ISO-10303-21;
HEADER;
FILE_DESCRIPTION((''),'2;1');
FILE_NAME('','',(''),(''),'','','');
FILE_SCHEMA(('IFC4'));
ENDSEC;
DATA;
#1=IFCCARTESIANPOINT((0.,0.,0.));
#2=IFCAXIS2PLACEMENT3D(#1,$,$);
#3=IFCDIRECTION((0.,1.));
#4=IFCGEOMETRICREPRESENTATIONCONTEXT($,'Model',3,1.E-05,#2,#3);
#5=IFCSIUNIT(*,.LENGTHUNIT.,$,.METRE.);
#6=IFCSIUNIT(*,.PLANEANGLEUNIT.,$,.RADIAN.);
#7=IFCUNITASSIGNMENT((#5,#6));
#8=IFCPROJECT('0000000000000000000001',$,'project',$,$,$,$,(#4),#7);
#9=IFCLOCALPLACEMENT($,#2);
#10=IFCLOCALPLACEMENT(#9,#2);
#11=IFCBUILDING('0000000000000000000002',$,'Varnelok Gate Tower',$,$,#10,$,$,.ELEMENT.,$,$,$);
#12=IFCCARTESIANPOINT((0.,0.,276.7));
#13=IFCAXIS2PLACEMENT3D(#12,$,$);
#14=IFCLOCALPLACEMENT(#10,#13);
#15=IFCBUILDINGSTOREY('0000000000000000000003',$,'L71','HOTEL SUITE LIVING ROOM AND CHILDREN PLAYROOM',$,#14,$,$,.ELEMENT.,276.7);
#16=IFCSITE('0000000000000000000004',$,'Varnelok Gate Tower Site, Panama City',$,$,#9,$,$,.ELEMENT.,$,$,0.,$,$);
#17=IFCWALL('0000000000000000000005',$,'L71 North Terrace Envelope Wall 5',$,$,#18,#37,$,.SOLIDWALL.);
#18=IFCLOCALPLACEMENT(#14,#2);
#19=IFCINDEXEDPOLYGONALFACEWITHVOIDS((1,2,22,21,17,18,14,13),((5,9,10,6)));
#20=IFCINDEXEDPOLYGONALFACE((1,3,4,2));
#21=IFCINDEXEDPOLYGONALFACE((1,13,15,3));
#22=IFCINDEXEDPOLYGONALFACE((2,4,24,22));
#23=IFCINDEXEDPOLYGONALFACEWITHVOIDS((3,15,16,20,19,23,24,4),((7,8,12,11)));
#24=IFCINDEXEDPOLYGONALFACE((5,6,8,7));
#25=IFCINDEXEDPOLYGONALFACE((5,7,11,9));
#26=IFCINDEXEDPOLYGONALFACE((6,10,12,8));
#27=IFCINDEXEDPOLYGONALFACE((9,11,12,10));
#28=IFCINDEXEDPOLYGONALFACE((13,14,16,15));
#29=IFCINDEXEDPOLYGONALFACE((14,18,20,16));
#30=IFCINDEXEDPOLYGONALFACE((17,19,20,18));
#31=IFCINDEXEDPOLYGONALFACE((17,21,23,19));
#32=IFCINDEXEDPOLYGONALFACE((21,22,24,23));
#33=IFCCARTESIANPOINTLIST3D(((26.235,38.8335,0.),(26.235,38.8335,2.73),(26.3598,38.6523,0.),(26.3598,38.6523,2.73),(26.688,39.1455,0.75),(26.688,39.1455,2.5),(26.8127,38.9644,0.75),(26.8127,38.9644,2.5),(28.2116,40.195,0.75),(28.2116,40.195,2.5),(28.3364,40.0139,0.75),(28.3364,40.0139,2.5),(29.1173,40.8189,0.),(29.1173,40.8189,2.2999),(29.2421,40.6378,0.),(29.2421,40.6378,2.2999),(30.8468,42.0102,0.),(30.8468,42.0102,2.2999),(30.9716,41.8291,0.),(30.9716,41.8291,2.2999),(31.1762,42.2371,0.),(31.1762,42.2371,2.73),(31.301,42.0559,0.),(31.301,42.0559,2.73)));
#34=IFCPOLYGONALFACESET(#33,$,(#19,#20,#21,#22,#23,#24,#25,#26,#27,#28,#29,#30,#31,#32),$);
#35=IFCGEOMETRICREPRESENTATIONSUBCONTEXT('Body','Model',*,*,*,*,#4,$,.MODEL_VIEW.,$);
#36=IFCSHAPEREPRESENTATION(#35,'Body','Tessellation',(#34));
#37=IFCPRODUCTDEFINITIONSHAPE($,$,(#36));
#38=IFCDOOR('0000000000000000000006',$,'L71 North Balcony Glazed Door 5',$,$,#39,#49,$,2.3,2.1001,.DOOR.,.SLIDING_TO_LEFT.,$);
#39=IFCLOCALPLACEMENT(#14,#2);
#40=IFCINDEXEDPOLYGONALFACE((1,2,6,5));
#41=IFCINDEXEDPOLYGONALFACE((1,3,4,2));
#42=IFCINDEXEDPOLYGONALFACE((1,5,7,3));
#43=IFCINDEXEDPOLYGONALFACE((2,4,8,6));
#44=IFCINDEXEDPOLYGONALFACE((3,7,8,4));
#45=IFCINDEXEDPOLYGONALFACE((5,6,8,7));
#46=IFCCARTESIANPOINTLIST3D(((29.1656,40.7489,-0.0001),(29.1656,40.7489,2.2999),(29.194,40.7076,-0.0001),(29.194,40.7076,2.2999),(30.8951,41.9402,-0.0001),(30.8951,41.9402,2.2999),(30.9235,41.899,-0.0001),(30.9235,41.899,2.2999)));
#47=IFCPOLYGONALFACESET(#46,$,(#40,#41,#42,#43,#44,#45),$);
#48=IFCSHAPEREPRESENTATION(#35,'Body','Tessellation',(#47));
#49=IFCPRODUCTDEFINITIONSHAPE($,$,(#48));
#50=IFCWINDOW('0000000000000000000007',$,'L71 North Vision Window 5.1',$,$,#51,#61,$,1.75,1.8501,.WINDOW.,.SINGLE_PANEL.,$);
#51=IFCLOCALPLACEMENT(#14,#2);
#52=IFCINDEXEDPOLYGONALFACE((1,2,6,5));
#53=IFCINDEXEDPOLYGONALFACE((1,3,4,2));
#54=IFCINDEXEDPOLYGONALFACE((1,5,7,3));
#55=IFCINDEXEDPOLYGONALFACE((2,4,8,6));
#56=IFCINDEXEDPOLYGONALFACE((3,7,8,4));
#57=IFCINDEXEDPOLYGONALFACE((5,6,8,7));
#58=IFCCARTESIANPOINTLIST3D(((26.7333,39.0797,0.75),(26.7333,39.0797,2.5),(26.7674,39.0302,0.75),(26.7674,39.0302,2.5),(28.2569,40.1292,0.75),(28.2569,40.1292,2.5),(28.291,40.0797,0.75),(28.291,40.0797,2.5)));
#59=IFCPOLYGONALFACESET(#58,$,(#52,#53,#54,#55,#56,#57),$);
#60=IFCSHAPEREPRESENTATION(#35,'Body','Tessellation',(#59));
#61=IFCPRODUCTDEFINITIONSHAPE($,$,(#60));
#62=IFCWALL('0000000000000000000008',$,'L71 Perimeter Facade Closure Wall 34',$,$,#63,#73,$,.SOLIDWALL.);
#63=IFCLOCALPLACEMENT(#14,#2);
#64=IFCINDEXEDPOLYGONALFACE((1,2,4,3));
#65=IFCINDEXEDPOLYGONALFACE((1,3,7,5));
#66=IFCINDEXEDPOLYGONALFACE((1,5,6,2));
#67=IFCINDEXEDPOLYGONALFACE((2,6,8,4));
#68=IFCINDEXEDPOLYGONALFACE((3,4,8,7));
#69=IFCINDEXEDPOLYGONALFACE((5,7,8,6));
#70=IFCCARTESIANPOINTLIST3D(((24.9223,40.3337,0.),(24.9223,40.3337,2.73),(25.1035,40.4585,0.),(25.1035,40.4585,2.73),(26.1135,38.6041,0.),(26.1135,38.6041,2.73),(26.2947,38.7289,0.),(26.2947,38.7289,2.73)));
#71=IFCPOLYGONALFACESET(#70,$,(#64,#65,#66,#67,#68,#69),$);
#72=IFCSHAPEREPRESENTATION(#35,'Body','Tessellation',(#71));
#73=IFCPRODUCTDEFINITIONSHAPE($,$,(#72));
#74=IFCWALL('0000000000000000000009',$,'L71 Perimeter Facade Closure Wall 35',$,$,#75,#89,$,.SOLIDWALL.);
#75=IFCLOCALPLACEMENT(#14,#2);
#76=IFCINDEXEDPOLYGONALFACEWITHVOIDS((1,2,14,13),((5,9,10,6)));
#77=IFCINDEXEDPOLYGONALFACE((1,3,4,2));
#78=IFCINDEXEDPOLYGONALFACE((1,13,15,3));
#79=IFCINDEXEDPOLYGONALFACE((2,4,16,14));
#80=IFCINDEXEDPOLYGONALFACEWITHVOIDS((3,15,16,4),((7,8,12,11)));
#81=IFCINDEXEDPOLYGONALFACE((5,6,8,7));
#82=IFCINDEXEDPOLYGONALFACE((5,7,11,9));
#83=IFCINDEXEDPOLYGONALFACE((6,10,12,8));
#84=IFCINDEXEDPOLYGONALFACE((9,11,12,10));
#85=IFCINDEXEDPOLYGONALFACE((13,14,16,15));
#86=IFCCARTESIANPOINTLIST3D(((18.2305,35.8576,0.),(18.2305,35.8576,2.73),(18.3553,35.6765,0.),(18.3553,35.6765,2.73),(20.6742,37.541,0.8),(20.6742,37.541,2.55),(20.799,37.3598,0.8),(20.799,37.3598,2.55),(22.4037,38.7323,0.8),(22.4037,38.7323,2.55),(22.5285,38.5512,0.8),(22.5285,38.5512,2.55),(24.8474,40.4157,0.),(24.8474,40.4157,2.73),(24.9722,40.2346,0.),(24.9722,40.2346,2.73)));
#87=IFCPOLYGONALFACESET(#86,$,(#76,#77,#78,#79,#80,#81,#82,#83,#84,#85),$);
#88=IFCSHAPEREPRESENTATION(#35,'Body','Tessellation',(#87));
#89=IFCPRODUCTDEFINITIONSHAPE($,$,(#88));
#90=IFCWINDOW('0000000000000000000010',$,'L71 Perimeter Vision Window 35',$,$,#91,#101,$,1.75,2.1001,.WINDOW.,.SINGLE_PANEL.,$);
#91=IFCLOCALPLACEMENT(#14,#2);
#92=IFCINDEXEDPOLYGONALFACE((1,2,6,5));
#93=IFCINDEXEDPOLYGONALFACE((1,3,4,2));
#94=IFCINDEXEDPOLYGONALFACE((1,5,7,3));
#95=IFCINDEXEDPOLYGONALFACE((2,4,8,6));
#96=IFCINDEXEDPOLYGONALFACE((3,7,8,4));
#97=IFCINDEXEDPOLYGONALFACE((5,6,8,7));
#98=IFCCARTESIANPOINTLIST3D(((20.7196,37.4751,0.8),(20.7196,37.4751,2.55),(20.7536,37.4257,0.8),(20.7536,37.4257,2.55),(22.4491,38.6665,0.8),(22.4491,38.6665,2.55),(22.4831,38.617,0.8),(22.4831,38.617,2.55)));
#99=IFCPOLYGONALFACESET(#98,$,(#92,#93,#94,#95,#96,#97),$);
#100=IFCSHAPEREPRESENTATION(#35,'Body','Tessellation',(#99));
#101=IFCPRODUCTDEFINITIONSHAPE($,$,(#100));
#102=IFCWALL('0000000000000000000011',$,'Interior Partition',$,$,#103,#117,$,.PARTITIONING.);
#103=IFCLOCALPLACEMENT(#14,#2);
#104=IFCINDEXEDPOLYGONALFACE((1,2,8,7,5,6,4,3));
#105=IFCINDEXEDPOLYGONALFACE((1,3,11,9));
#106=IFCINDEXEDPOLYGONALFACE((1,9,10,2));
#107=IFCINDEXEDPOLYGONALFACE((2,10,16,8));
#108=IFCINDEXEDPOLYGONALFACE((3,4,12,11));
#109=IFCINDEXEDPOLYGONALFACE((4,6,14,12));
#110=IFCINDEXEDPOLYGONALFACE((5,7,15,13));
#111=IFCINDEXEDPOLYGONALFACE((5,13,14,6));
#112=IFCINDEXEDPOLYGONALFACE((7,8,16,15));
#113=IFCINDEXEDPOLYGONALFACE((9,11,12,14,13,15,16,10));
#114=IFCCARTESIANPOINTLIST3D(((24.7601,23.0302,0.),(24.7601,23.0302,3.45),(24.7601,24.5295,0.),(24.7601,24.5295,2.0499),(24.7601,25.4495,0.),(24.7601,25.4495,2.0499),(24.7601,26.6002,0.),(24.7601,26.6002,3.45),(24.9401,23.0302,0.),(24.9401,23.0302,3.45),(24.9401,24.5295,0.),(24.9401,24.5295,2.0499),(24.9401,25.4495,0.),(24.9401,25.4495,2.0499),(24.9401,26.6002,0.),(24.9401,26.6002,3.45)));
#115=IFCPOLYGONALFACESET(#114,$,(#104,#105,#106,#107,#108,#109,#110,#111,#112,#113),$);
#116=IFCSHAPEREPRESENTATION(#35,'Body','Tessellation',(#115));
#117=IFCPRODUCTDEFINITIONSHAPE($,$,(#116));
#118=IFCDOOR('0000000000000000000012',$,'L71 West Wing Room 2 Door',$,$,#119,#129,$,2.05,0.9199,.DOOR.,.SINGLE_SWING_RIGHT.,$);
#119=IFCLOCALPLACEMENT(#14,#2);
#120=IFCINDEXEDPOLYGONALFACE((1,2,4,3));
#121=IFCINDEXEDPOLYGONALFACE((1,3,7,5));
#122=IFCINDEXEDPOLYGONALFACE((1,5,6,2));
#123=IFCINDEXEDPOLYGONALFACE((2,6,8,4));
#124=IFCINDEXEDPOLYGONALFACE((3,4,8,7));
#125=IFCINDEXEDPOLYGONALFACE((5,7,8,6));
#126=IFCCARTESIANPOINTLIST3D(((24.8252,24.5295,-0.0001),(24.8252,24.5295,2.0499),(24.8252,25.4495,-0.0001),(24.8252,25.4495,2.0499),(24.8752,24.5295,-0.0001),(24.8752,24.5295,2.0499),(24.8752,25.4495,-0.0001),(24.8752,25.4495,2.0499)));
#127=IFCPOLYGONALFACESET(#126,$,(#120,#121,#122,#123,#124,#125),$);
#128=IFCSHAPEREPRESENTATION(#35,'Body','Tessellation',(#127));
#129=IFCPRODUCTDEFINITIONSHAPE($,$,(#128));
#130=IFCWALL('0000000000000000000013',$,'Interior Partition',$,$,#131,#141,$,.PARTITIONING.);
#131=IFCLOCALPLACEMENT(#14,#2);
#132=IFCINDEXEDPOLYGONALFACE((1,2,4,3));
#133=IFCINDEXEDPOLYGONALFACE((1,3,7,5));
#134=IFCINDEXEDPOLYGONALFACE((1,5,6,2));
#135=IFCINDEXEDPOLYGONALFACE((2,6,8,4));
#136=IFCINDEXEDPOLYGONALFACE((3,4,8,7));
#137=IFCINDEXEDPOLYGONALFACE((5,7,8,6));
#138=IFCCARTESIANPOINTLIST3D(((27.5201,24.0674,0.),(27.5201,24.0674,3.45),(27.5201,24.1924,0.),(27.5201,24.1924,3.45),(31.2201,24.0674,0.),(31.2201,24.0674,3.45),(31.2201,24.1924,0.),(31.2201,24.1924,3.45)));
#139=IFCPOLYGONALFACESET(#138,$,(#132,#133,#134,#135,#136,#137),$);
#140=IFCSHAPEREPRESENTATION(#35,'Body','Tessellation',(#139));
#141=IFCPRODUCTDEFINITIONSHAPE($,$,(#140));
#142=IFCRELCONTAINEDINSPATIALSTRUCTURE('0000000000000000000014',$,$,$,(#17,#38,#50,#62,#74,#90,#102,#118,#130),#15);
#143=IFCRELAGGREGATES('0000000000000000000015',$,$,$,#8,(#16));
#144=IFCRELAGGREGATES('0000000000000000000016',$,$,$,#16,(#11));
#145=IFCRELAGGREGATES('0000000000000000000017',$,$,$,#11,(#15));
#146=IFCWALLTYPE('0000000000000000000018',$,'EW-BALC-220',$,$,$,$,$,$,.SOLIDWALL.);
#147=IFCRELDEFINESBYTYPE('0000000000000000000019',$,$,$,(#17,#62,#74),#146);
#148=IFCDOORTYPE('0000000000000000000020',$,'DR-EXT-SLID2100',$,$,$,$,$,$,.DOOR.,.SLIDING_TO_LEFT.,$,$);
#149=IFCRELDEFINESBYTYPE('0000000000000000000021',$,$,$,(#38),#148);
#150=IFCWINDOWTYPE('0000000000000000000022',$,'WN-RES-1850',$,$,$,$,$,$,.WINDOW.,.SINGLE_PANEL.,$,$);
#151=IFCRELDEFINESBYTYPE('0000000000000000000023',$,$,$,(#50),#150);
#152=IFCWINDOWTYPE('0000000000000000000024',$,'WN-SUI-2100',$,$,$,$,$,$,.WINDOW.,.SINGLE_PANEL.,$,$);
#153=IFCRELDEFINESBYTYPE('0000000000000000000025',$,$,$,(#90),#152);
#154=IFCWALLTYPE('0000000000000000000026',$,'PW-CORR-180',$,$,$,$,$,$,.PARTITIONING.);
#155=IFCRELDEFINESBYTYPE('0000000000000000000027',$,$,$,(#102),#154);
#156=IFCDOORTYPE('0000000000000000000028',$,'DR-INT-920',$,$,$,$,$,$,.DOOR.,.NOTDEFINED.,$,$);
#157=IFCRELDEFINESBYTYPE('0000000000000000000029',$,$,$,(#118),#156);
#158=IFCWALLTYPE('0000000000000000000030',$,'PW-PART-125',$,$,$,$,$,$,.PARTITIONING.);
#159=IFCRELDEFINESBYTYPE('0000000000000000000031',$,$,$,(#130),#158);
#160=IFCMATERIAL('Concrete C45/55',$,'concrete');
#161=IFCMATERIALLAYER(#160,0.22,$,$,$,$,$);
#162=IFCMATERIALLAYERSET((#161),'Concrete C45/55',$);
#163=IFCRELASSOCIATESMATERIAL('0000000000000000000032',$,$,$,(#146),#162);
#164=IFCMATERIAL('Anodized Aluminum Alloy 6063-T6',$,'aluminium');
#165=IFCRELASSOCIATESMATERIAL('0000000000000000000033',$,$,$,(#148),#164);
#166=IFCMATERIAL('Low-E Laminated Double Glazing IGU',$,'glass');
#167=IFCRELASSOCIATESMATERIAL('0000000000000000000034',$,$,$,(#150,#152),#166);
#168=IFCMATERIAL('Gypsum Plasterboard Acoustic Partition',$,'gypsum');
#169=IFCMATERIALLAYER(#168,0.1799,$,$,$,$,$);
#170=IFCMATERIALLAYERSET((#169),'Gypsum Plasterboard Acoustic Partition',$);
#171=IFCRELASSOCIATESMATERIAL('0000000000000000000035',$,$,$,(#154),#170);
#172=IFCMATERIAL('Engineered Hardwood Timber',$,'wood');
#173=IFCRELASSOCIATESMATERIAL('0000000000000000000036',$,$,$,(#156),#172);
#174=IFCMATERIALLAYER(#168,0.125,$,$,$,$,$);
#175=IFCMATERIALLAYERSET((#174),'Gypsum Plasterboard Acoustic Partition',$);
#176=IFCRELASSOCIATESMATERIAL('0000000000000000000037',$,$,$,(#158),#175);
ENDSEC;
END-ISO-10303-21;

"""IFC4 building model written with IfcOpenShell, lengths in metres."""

from ifc_helpers import new_model, si_unit, direction, frame, frame_2d, origin, place, context, subcontext, project, spatial, rectangle, extrude, material, layer, layer_set, type_object, element, fill, save


model = new_model("IFC4")

# Units and contexts
model_context = context("Model", 3, precision=1e-05, world=origin(), true_north=direction((0.0, 1.0)))
body_context = subcontext(model_context, "Body", "Model", "MODEL_VIEW")
ifc_project = project(units=[si_unit("LENGTHUNIT", "METRE"), si_unit("PLANEANGLEUNIT", "RADIAN")], contexts=[model_context])

# Site, building, storey
site_placement = place(None, origin())
site = spatial("IfcSite", under=ifc_project, at=site_placement, Name="Varnelok Gate Tower Site, Panama City", CompositionType="ELEMENT", RefElevation=0.0)
building_placement = place(site_placement, origin())
building = spatial("IfcBuilding", under=site, at=building_placement, Name="Varnelok Gate Tower", CompositionType="ELEMENT")
storey_placement = place(building_placement, frame((0.0, 0.0, 276.7)))
storey = spatial("IfcBuildingStorey", under=building, at=storey_placement, Name="L71", Description="HOTEL SUITE LIVING ROOM AND CHILDREN PLAYROOM", CompositionType="ELEMENT", Elevation=276.7)

# Wall, openings, door, window
ifc_material_1 = material(Name="Concrete C45/55", Category="concrete")
ifc_layer_1 = layer(ifc_material_1, 0.22)
ifc_layer_set_1 = layer_set([ifc_layer_1], Name="Concrete C45/55")
wall_type_1 = type_object("IfcWallType", Name="EW-BALC-220", PredefinedType="SOLIDWALL", material=ifc_layer_set_1)
wall_1_placement = place(storey_placement, frame((26.2974, 38.7429, 0.0), z_axis=(0.0, 0.0, 1.0), x_axis=(0.823535, 0.567266, 0.0)))
wall_1 = element("IfcWall", 1, at=wall_1_placement, inside=storey, type_object=wall_type_1, Name="L71 North Terrace Envelope Wall 5", PredefinedType="SOLIDWALL", context=body_context, shape_type="SweptSolid", body=[
    extrude(rectangle(XDim=6.0, YDim=0.22, at=frame_2d((3.0, 0.0))), origin(), (0.0, 0.0, 1.0), 2.73),
])
opening_1_placement = place(wall_1_placement, frame((3.5, 0.0, 0.0)))
opening_1 = element("IfcOpeningElement", 2, at=opening_1_placement, cuts=wall_1, PredefinedType="OPENING", context=body_context, shape_type="SweptSolid", body=[
    extrude(rectangle(XDim=2.1001, YDim=2.3, at=frame_2d((1.05, 1.1499))), frame((0.0, 0.1199, 0.0), z_axis=(0.0, -1.0, 0.0), x_axis=(1.0, 0.0, 0.0)), (0.0, 0.0, 1.0), 0.24),
])
opening_2_placement = place(wall_1_placement, frame((0.55, 0.0, 0.75)))
opening_2 = element("IfcOpeningElement", 3, at=opening_2_placement, cuts=wall_1, PredefinedType="OPENING", context=body_context, shape_type="SweptSolid", body=[
    extrude(rectangle(XDim=1.8501, YDim=1.75, at=frame_2d((0.925, 0.875))), frame((0.0, 0.1199, 0.0), z_axis=(0.0, -1.0, 0.0), x_axis=(1.0, 0.0, 0.0)), (0.0, 0.0, 1.0), 0.24),
])
ifc_material_2 = material(Name="Anodized Aluminum Alloy 6063-T6", Category="aluminium")
door_type_1 = type_object("IfcDoorType", Name="DR-EXT-SLID2100", OperationType="SLIDING_TO_LEFT", PredefinedType="DOOR", material=ifc_material_2)
door_1_placement = place(opening_1_placement, origin())
door_1 = element("IfcDoor", 4, at=door_1_placement, inside=storey, type_object=door_type_1, Name="L71 North Balcony Glazed Door 5", OperationType="SLIDING_TO_LEFT", OverallHeight=2.3, OverallWidth=2.1001, PredefinedType="DOOR", context=body_context, shape_type="SweptSolid", body=[
    extrude(rectangle(XDim=2.1001, YDim=2.3, at=frame_2d((1.05, 1.1499))), frame((0.0, 0.0249, 0.0), z_axis=(0.0, -1.0, 0.0), x_axis=(1.0, 0.0, 0.0)), (0.0, 0.0, 1.0), 0.05),
])
fill(opening_1, door_1)
ifc_material_3 = material(Name="Low-E Laminated Double Glazing IGU", Category="glass")
window_type_1 = type_object("IfcWindowType", Name="WN-RES-1850", PartitioningType="SINGLE_PANEL", PredefinedType="WINDOW", material=ifc_material_3)
window_1_placement = place(opening_2_placement, origin())
window_1 = element("IfcWindow", 5, at=window_1_placement, inside=storey, type_object=window_type_1, Name="L71 North Vision Window 5.1", OverallHeight=1.75, OverallWidth=1.8501, PartitioningType="SINGLE_PANEL", PredefinedType="WINDOW", context=body_context, shape_type="SweptSolid", body=[
    extrude(rectangle(XDim=1.8501, YDim=1.75, at=frame_2d((0.925, 0.875))), frame((0.0, 0.03, 0.0), z_axis=(0.0, -1.0, 0.0), x_axis=(1.0, 0.0, 0.0)), (0.0, 0.0, 1.0), 0.0601),
])
fill(opening_2, window_1)

# Wall
wall_2_placement = place(storey_placement, frame((26.2041, 38.6665, 0.0), z_axis=(0.0, 0.0, 1.0), x_axis=(-0.567219, 0.823567, 0.0)))
element("IfcWall", 6, at=wall_2_placement, inside=storey, type_object=wall_type_1, Name="L71 Perimeter Facade Closure Wall 34", PredefinedType="SOLIDWALL", context=body_context, shape_type="SweptSolid", body=[
    extrude(rectangle(XDim=2.1001, YDim=0.22, at=frame_2d((1.05, 0.0))), origin(), (0.0, 0.0, 1.0), 2.73),
])

# Wall, opening, window
wall_3_placement = place(storey_placement, frame((24.9099, 40.3252, 0.0), z_axis=(0.0, 0.0, 1.0), x_axis=(-0.823521, -0.567286, 0.0)))
wall_3 = element("IfcWall", 7, at=wall_3_placement, inside=storey, type_object=wall_type_1, Name="L71 Perimeter Facade Closure Wall 35", PredefinedType="SOLIDWALL", context=body_context, shape_type="SweptSolid", body=[
    extrude(rectangle(XDim=8.0349, YDim=0.22, at=frame_2d((4.0176, 0.0))), origin(), (0.0, 0.0, 1.0), 2.73),
])
opening_3_placement = place(wall_3_placement, frame((2.9675, 0.0, 0.8)))
opening_3 = element("IfcOpeningElement", 8, at=opening_3_placement, cuts=wall_3, PredefinedType="OPENING", context=body_context, shape_type="SweptSolid", body=[
    extrude(rectangle(XDim=2.1001, YDim=1.75, at=frame_2d((1.05, 0.875))), frame((0.0, 0.1199, 0.0), z_axis=(0.0, -1.0, 0.0), x_axis=(1.0, 0.0, 0.0)), (0.0, 0.0, 1.0), 0.24),
])
window_type_2 = type_object("IfcWindowType", Name="WN-SUI-2100", PartitioningType="SINGLE_PANEL", PredefinedType="WINDOW", material=ifc_material_3)
window_2_placement = place(opening_3_placement, origin())
window_2 = element("IfcWindow", 9, at=window_2_placement, inside=storey, type_object=window_type_2, Name="L71 Perimeter Vision Window 35", OverallHeight=1.75, OverallWidth=2.1001, PartitioningType="SINGLE_PANEL", PredefinedType="WINDOW", context=body_context, shape_type="SweptSolid", body=[
    extrude(rectangle(XDim=2.1001, YDim=1.75, at=frame_2d((1.05, 0.875))), frame((0.0, 0.03, 0.0), z_axis=(0.0, -1.0, 0.0), x_axis=(1.0, 0.0, 0.0)), (0.0, 0.0, 1.0), 0.0601),
])
fill(opening_3, window_2)

# Wall, opening, door
ifc_material_4 = material(Name="Gypsum Plasterboard Acoustic Partition", Category="gypsum")
ifc_layer_2 = layer(ifc_material_4, 0.1799)
ifc_layer_set_2 = layer_set([ifc_layer_2], Name="Gypsum Plasterboard Acoustic Partition")
wall_type_2 = type_object("IfcWallType", Name="PW-CORR-180", PredefinedType="PARTITIONING", material=ifc_layer_set_2)
wall_4_placement = place(storey_placement, frame((24.8501, 23.03, 0.0), z_axis=(0.0, 0.0, 1.0), x_axis=(0.0, 1.0, 0.0)))
wall_4 = element("IfcWall", 10, at=wall_4_placement, inside=storey, type_object=wall_type_2, Name="Interior Partition", PredefinedType="PARTITIONING", context=body_context, shape_type="SweptSolid", body=[
    extrude(rectangle(XDim=3.5701, YDim=0.1799, at=frame_2d((1.7852, 0.0))), origin(), (0.0, 0.0, 1.0), 3.45),
])
opening_4_placement = place(wall_4_placement, frame((1.4995, 0.0, 0.0)))
opening_4 = element("IfcOpeningElement", 11, at=opening_4_placement, cuts=wall_4, PredefinedType="OPENING", context=body_context, shape_type="SweptSolid", body=[
    extrude(rectangle(XDim=0.9199, YDim=2.05, at=frame_2d((0.46, 1.0249))), frame((0.0, 0.0999, 0.0), z_axis=(0.0, -1.0, 0.0), x_axis=(1.0, 0.0, 0.0)), (0.0, 0.0, 1.0), 0.2),
])
ifc_material_5 = material(Name="Engineered Hardwood Timber", Category="wood")
door_type_2 = type_object("IfcDoorType", Name="DR-INT-920", OperationType="NOTDEFINED", PredefinedType="DOOR", material=ifc_material_5)
door_2_placement = place(opening_4_placement, origin())
door_2 = element("IfcDoor", 12, at=door_2_placement, inside=storey, type_object=door_type_2, Name="L71 West Wing Room 2 Door", OperationType="SINGLE_SWING_RIGHT", OverallHeight=2.05, OverallWidth=0.9199, PredefinedType="DOOR", context=body_context, shape_type="SweptSolid", body=[
    extrude(rectangle(XDim=0.9199, YDim=2.05, at=frame_2d((0.46, 1.0249))), frame((0.0, 0.0249, 0.0), z_axis=(0.0, -1.0, 0.0), x_axis=(1.0, 0.0, 0.0)), (0.0, 0.0, 1.0), 0.05),
])
fill(opening_4, door_2)

# Wall
ifc_layer_3 = layer(ifc_material_4, 0.125)
ifc_layer_set_3 = layer_set([ifc_layer_3], Name="Gypsum Plasterboard Acoustic Partition")
wall_type_3 = type_object("IfcWallType", Name="PW-PART-125", PredefinedType="PARTITIONING", material=ifc_layer_set_3)
wall_5_placement = place(storey_placement, frame((27.52, 24.1299, 0.0), z_axis=(0.0, 0.0, 1.0), x_axis=(1.0, 0.0, 0.0)))
element("IfcWall", 13, at=wall_5_placement, inside=storey, type_object=wall_type_3, Name="Interior Partition", PredefinedType="PARTITIONING", context=body_context, shape_type="SweptSolid", body=[
    extrude(rectangle(XDim=3.7, YDim=0.125, at=frame_2d((1.8501, 0.0))), origin(), (0.0, 0.0, 1.0), 3.45),
])

save(model, "model.ifc")
